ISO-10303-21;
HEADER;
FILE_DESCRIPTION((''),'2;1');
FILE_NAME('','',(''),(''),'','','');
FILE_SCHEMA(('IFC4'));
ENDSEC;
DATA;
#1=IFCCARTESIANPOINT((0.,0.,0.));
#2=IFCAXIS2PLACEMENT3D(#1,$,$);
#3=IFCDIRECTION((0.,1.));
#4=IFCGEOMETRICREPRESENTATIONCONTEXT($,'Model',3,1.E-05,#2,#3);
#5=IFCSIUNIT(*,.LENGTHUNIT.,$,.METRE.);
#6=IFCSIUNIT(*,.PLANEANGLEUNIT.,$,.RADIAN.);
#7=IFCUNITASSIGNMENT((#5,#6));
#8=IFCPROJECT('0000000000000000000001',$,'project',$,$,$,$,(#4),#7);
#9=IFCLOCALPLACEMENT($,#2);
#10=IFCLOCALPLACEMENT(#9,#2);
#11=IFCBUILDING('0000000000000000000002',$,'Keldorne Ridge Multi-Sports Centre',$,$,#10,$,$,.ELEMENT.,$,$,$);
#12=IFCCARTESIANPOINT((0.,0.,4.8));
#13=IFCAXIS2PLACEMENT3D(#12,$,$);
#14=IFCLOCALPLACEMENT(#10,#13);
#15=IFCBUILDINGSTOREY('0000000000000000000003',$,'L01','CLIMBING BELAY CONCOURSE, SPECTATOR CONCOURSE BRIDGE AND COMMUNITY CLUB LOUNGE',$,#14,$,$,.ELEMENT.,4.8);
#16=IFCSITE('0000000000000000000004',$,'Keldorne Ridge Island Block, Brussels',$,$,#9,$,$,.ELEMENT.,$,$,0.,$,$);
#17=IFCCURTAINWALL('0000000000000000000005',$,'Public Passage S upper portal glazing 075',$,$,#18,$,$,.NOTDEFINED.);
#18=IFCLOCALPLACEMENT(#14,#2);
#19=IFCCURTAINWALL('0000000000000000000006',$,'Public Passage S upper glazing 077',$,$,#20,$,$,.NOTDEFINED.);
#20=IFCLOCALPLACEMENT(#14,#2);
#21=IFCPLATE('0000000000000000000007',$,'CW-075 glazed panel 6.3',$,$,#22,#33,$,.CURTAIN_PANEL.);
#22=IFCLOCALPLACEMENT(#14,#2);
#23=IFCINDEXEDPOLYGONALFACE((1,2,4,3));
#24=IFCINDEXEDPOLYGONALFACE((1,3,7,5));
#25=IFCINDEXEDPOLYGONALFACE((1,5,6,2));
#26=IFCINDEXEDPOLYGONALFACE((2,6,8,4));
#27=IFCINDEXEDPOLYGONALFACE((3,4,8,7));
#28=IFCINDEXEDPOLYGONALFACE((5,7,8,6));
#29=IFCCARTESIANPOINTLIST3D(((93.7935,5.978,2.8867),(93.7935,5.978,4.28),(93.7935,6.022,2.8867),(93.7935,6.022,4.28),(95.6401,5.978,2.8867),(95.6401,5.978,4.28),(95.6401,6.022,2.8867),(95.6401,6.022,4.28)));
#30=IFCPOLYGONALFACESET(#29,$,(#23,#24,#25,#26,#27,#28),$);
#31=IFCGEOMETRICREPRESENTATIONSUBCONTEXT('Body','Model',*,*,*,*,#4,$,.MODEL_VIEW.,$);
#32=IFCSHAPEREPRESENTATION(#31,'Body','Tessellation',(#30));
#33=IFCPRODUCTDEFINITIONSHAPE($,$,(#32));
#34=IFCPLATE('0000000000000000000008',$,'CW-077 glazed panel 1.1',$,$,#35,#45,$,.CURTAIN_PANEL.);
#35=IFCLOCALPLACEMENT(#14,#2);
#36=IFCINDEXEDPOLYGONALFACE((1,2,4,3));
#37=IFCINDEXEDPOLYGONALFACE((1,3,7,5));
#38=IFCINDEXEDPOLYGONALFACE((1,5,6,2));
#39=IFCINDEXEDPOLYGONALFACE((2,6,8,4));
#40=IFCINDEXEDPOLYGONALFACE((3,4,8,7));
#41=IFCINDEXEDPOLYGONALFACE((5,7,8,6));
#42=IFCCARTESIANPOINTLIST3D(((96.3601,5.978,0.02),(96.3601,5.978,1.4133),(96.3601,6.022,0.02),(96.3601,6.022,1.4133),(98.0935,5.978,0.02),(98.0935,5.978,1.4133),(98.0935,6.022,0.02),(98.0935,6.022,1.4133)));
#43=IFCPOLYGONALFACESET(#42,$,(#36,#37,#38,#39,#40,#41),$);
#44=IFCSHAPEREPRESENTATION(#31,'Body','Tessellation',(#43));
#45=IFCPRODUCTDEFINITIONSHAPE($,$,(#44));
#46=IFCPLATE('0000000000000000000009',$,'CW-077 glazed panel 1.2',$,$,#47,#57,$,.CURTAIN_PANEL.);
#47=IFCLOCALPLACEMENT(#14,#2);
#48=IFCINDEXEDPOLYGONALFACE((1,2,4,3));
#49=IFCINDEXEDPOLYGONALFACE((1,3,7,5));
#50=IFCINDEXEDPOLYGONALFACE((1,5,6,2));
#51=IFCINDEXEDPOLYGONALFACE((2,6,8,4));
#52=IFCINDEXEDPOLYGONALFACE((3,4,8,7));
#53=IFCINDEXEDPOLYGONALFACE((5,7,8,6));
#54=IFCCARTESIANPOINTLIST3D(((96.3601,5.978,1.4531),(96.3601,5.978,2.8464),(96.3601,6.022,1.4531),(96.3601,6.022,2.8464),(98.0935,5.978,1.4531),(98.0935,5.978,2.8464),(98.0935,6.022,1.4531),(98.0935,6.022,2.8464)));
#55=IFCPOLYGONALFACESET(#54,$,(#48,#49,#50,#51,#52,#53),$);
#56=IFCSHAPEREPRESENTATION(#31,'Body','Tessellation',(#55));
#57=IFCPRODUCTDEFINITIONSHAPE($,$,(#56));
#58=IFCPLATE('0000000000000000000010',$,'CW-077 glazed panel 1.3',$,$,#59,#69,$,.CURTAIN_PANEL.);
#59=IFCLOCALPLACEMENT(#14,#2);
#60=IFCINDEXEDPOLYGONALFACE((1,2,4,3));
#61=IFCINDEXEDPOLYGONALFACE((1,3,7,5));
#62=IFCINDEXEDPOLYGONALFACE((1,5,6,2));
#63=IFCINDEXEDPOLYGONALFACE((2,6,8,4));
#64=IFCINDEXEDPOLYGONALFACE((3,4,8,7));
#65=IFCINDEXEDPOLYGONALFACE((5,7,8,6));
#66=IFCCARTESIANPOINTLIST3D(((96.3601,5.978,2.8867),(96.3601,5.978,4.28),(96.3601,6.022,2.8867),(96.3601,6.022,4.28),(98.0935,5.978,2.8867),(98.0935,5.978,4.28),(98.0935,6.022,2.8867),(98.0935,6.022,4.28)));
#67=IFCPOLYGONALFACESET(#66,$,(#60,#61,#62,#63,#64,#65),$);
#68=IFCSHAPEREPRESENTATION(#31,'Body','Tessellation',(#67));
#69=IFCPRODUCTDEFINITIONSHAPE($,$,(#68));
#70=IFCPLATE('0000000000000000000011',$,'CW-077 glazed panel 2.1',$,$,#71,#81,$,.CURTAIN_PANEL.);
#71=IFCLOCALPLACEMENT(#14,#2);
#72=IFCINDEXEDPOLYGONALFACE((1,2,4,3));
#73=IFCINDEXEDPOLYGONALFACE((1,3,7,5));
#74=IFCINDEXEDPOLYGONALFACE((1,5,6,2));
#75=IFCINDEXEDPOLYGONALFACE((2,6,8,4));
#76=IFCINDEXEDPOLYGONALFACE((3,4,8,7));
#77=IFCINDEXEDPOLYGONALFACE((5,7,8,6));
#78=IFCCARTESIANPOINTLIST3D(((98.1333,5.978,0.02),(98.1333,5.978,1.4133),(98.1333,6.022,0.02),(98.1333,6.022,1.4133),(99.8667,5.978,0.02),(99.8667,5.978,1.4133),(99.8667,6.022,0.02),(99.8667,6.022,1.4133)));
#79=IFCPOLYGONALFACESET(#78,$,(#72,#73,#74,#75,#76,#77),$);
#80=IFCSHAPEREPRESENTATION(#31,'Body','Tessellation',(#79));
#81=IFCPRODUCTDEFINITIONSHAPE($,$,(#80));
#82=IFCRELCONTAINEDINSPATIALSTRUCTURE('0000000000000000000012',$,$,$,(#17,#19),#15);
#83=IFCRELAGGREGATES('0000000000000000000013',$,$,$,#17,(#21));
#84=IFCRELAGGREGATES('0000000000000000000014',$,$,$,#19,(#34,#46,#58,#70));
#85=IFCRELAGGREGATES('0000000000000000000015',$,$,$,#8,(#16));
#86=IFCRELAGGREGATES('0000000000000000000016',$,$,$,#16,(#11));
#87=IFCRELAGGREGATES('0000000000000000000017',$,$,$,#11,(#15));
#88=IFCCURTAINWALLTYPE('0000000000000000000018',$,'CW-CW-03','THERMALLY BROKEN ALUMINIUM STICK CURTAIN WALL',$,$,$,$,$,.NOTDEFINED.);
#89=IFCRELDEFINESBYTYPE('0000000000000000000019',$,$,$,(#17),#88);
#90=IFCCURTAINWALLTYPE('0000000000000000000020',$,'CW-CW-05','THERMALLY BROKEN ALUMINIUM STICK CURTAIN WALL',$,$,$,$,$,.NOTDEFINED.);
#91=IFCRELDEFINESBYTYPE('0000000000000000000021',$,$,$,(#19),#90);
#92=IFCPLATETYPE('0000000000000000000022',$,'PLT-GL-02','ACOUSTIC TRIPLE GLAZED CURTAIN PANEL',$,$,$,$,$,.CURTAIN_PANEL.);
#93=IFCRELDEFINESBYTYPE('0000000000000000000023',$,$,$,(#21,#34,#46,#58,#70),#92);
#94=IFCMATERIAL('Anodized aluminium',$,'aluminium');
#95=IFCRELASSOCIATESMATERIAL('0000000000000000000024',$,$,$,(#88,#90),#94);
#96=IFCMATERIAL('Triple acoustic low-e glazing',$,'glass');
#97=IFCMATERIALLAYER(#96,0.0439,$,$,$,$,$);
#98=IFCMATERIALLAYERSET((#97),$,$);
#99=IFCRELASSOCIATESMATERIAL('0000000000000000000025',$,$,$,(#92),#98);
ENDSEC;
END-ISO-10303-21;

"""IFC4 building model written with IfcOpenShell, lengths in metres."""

from ifc_helpers import new_model, si_unit, direction, frame, origin, origin_2d, place, context, subcontext, project, spatial, rectangle, extrude, material, layer, layer_set, type_object, element, aggregate, save


model = new_model("IFC4")

# Units and contexts
model_context = context("Model", 3, precision=1e-05, world=origin(), true_north=direction((0.0, 1.0)))
body_context = subcontext(model_context, "Body", "Model", "MODEL_VIEW")
ifc_project = project(units=[si_unit("LENGTHUNIT", "METRE"), si_unit("PLANEANGLEUNIT", "RADIAN")], contexts=[model_context])

# Site, building, storey
site_placement = place(None, origin())
site = spatial("IfcSite", under=ifc_project, at=site_placement, Name="Keldorne Ridge Island Block, Brussels", CompositionType="ELEMENT", RefElevation=0.0)
building_placement = place(site_placement, origin())
building = spatial("IfcBuilding", under=site, at=building_placement, Name="Keldorne Ridge Multi-Sports Centre", CompositionType="ELEMENT")
storey_placement = place(building_placement, frame((0.0, 0.0, 4.8)))
storey = spatial("IfcBuildingStorey", under=building, at=storey_placement, Name="L01", Description="CLIMBING BELAY CONCOURSE, SPECTATOR CONCOURSE BRIDGE AND COMMUNITY CLUB LOUNGE", CompositionType="ELEMENT", Elevation=4.8)

# Curtain walls
ifc_material_1 = material(Name="Anodized aluminium", Category="aluminium")
curtain_wall_type_1 = type_object("IfcCurtainWallType", Name="CW-CW-03", Description="THERMALLY BROKEN ALUMINIUM STICK CURTAIN WALL", PredefinedType="NOTDEFINED", material=ifc_material_1)
curtain_wall_1_placement = place(storey_placement, origin())
curtain_wall_1 = element("IfcCurtainWall", 1, at=curtain_wall_1_placement, inside=storey, type_object=curtain_wall_type_1, Name="Public Passage S upper portal glazing 075", PredefinedType="NOTDEFINED")
curtain_wall_type_2 = type_object("IfcCurtainWallType", Name="CW-CW-05", Description="THERMALLY BROKEN ALUMINIUM STICK CURTAIN WALL", PredefinedType="NOTDEFINED", material=ifc_material_1)
curtain_wall_2_placement = place(storey_placement, origin())
curtain_wall_2 = element("IfcCurtainWall", 2, at=curtain_wall_2_placement, inside=storey, type_object=curtain_wall_type_2, Name="Public Passage S upper glazing 077", PredefinedType="NOTDEFINED")

# Plates
ifc_material_2 = material(Name="Triple acoustic low-e glazing", Category="glass")
ifc_layer = layer(ifc_material_2, 0.0439)
ifc_layer_set = layer_set([ifc_layer])
plate_type = type_object("IfcPlateType", Name="PLT-GL-02", Description="ACOUSTIC TRIPLE GLAZED CURTAIN PANEL", PredefinedType="CURTAIN_PANEL", material=ifc_layer_set)
plate_1_placement = place(storey_placement, frame((94.7168, 6.0, 2.8867), z_axis=(0.0, 0.0, 1.0), x_axis=(1.0, 0.0, 0.0)))
plate_1 = element("IfcPlate", 3, at=plate_1_placement, type_object=plate_type, Name="CW-075 glazed panel 6.3", PredefinedType="CURTAIN_PANEL", context=body_context, shape_type="SweptSolid", body=[
    extrude(rectangle(XDim=1.8467, YDim=0.0439, at=origin_2d()), origin(), (0.0, 0.0, 1.0), 1.3933),
])
aggregate(curtain_wall_1, [plate_1])
plate_2_placement = place(storey_placement, frame((97.2268, 6.0, 0.02), z_axis=(0.0, 0.0, 1.0), x_axis=(1.0, 0.0, 0.0)))
plate_2 = element("IfcPlate", 4, at=plate_2_placement, type_object=plate_type, Name="CW-077 glazed panel 1.1", PredefinedType="CURTAIN_PANEL", context=body_context, shape_type="SweptSolid", body=[
    extrude(rectangle(XDim=1.7334, YDim=0.0439, at=origin_2d()), origin(), (0.0, 0.0, 1.0), 1.3933),
])
plate_3_placement = place(storey_placement, frame((97.2268, 6.0, 1.4531), z_axis=(0.0, 0.0, 1.0), x_axis=(1.0, 0.0, 0.0)))
plate_3 = element("IfcPlate", 5, at=plate_3_placement, type_object=plate_type, Name="CW-077 glazed panel 1.2", PredefinedType="CURTAIN_PANEL", context=body_context, shape_type="SweptSolid", body=[
    extrude(rectangle(XDim=1.7334, YDim=0.0439, at=origin_2d()), origin(), (0.0, 0.0, 1.0), 1.3933),
])
plate_4_placement = place(storey_placement, frame((97.2268, 6.0, 2.8867), z_axis=(0.0, 0.0, 1.0), x_axis=(1.0, 0.0, 0.0)))
plate_4 = element("IfcPlate", 6, at=plate_4_placement, type_object=plate_type, Name="CW-077 glazed panel 1.3", PredefinedType="CURTAIN_PANEL", context=body_context, shape_type="SweptSolid", body=[
    extrude(rectangle(XDim=1.7334, YDim=0.0439, at=origin_2d()), origin(), (0.0, 0.0, 1.0), 1.3933),
])
plate_5_placement = place(storey_placement, frame((99.0, 6.0, 0.02), z_axis=(0.0, 0.0, 1.0), x_axis=(1.0, 0.0, 0.0)))
plate_5 = element("IfcPlate", 7, at=plate_5_placement, type_object=plate_type, Name="CW-077 glazed panel 2.1", PredefinedType="CURTAIN_PANEL", context=body_context, shape_type="SweptSolid", body=[
    extrude(rectangle(XDim=1.7334, YDim=0.0439, at=origin_2d()), origin(), (0.0, 0.0, 1.0), 1.3933),
])
aggregate(curtain_wall_2, [plate_2, plate_3, plate_4, plate_5])

save(model, "model.ifc")
